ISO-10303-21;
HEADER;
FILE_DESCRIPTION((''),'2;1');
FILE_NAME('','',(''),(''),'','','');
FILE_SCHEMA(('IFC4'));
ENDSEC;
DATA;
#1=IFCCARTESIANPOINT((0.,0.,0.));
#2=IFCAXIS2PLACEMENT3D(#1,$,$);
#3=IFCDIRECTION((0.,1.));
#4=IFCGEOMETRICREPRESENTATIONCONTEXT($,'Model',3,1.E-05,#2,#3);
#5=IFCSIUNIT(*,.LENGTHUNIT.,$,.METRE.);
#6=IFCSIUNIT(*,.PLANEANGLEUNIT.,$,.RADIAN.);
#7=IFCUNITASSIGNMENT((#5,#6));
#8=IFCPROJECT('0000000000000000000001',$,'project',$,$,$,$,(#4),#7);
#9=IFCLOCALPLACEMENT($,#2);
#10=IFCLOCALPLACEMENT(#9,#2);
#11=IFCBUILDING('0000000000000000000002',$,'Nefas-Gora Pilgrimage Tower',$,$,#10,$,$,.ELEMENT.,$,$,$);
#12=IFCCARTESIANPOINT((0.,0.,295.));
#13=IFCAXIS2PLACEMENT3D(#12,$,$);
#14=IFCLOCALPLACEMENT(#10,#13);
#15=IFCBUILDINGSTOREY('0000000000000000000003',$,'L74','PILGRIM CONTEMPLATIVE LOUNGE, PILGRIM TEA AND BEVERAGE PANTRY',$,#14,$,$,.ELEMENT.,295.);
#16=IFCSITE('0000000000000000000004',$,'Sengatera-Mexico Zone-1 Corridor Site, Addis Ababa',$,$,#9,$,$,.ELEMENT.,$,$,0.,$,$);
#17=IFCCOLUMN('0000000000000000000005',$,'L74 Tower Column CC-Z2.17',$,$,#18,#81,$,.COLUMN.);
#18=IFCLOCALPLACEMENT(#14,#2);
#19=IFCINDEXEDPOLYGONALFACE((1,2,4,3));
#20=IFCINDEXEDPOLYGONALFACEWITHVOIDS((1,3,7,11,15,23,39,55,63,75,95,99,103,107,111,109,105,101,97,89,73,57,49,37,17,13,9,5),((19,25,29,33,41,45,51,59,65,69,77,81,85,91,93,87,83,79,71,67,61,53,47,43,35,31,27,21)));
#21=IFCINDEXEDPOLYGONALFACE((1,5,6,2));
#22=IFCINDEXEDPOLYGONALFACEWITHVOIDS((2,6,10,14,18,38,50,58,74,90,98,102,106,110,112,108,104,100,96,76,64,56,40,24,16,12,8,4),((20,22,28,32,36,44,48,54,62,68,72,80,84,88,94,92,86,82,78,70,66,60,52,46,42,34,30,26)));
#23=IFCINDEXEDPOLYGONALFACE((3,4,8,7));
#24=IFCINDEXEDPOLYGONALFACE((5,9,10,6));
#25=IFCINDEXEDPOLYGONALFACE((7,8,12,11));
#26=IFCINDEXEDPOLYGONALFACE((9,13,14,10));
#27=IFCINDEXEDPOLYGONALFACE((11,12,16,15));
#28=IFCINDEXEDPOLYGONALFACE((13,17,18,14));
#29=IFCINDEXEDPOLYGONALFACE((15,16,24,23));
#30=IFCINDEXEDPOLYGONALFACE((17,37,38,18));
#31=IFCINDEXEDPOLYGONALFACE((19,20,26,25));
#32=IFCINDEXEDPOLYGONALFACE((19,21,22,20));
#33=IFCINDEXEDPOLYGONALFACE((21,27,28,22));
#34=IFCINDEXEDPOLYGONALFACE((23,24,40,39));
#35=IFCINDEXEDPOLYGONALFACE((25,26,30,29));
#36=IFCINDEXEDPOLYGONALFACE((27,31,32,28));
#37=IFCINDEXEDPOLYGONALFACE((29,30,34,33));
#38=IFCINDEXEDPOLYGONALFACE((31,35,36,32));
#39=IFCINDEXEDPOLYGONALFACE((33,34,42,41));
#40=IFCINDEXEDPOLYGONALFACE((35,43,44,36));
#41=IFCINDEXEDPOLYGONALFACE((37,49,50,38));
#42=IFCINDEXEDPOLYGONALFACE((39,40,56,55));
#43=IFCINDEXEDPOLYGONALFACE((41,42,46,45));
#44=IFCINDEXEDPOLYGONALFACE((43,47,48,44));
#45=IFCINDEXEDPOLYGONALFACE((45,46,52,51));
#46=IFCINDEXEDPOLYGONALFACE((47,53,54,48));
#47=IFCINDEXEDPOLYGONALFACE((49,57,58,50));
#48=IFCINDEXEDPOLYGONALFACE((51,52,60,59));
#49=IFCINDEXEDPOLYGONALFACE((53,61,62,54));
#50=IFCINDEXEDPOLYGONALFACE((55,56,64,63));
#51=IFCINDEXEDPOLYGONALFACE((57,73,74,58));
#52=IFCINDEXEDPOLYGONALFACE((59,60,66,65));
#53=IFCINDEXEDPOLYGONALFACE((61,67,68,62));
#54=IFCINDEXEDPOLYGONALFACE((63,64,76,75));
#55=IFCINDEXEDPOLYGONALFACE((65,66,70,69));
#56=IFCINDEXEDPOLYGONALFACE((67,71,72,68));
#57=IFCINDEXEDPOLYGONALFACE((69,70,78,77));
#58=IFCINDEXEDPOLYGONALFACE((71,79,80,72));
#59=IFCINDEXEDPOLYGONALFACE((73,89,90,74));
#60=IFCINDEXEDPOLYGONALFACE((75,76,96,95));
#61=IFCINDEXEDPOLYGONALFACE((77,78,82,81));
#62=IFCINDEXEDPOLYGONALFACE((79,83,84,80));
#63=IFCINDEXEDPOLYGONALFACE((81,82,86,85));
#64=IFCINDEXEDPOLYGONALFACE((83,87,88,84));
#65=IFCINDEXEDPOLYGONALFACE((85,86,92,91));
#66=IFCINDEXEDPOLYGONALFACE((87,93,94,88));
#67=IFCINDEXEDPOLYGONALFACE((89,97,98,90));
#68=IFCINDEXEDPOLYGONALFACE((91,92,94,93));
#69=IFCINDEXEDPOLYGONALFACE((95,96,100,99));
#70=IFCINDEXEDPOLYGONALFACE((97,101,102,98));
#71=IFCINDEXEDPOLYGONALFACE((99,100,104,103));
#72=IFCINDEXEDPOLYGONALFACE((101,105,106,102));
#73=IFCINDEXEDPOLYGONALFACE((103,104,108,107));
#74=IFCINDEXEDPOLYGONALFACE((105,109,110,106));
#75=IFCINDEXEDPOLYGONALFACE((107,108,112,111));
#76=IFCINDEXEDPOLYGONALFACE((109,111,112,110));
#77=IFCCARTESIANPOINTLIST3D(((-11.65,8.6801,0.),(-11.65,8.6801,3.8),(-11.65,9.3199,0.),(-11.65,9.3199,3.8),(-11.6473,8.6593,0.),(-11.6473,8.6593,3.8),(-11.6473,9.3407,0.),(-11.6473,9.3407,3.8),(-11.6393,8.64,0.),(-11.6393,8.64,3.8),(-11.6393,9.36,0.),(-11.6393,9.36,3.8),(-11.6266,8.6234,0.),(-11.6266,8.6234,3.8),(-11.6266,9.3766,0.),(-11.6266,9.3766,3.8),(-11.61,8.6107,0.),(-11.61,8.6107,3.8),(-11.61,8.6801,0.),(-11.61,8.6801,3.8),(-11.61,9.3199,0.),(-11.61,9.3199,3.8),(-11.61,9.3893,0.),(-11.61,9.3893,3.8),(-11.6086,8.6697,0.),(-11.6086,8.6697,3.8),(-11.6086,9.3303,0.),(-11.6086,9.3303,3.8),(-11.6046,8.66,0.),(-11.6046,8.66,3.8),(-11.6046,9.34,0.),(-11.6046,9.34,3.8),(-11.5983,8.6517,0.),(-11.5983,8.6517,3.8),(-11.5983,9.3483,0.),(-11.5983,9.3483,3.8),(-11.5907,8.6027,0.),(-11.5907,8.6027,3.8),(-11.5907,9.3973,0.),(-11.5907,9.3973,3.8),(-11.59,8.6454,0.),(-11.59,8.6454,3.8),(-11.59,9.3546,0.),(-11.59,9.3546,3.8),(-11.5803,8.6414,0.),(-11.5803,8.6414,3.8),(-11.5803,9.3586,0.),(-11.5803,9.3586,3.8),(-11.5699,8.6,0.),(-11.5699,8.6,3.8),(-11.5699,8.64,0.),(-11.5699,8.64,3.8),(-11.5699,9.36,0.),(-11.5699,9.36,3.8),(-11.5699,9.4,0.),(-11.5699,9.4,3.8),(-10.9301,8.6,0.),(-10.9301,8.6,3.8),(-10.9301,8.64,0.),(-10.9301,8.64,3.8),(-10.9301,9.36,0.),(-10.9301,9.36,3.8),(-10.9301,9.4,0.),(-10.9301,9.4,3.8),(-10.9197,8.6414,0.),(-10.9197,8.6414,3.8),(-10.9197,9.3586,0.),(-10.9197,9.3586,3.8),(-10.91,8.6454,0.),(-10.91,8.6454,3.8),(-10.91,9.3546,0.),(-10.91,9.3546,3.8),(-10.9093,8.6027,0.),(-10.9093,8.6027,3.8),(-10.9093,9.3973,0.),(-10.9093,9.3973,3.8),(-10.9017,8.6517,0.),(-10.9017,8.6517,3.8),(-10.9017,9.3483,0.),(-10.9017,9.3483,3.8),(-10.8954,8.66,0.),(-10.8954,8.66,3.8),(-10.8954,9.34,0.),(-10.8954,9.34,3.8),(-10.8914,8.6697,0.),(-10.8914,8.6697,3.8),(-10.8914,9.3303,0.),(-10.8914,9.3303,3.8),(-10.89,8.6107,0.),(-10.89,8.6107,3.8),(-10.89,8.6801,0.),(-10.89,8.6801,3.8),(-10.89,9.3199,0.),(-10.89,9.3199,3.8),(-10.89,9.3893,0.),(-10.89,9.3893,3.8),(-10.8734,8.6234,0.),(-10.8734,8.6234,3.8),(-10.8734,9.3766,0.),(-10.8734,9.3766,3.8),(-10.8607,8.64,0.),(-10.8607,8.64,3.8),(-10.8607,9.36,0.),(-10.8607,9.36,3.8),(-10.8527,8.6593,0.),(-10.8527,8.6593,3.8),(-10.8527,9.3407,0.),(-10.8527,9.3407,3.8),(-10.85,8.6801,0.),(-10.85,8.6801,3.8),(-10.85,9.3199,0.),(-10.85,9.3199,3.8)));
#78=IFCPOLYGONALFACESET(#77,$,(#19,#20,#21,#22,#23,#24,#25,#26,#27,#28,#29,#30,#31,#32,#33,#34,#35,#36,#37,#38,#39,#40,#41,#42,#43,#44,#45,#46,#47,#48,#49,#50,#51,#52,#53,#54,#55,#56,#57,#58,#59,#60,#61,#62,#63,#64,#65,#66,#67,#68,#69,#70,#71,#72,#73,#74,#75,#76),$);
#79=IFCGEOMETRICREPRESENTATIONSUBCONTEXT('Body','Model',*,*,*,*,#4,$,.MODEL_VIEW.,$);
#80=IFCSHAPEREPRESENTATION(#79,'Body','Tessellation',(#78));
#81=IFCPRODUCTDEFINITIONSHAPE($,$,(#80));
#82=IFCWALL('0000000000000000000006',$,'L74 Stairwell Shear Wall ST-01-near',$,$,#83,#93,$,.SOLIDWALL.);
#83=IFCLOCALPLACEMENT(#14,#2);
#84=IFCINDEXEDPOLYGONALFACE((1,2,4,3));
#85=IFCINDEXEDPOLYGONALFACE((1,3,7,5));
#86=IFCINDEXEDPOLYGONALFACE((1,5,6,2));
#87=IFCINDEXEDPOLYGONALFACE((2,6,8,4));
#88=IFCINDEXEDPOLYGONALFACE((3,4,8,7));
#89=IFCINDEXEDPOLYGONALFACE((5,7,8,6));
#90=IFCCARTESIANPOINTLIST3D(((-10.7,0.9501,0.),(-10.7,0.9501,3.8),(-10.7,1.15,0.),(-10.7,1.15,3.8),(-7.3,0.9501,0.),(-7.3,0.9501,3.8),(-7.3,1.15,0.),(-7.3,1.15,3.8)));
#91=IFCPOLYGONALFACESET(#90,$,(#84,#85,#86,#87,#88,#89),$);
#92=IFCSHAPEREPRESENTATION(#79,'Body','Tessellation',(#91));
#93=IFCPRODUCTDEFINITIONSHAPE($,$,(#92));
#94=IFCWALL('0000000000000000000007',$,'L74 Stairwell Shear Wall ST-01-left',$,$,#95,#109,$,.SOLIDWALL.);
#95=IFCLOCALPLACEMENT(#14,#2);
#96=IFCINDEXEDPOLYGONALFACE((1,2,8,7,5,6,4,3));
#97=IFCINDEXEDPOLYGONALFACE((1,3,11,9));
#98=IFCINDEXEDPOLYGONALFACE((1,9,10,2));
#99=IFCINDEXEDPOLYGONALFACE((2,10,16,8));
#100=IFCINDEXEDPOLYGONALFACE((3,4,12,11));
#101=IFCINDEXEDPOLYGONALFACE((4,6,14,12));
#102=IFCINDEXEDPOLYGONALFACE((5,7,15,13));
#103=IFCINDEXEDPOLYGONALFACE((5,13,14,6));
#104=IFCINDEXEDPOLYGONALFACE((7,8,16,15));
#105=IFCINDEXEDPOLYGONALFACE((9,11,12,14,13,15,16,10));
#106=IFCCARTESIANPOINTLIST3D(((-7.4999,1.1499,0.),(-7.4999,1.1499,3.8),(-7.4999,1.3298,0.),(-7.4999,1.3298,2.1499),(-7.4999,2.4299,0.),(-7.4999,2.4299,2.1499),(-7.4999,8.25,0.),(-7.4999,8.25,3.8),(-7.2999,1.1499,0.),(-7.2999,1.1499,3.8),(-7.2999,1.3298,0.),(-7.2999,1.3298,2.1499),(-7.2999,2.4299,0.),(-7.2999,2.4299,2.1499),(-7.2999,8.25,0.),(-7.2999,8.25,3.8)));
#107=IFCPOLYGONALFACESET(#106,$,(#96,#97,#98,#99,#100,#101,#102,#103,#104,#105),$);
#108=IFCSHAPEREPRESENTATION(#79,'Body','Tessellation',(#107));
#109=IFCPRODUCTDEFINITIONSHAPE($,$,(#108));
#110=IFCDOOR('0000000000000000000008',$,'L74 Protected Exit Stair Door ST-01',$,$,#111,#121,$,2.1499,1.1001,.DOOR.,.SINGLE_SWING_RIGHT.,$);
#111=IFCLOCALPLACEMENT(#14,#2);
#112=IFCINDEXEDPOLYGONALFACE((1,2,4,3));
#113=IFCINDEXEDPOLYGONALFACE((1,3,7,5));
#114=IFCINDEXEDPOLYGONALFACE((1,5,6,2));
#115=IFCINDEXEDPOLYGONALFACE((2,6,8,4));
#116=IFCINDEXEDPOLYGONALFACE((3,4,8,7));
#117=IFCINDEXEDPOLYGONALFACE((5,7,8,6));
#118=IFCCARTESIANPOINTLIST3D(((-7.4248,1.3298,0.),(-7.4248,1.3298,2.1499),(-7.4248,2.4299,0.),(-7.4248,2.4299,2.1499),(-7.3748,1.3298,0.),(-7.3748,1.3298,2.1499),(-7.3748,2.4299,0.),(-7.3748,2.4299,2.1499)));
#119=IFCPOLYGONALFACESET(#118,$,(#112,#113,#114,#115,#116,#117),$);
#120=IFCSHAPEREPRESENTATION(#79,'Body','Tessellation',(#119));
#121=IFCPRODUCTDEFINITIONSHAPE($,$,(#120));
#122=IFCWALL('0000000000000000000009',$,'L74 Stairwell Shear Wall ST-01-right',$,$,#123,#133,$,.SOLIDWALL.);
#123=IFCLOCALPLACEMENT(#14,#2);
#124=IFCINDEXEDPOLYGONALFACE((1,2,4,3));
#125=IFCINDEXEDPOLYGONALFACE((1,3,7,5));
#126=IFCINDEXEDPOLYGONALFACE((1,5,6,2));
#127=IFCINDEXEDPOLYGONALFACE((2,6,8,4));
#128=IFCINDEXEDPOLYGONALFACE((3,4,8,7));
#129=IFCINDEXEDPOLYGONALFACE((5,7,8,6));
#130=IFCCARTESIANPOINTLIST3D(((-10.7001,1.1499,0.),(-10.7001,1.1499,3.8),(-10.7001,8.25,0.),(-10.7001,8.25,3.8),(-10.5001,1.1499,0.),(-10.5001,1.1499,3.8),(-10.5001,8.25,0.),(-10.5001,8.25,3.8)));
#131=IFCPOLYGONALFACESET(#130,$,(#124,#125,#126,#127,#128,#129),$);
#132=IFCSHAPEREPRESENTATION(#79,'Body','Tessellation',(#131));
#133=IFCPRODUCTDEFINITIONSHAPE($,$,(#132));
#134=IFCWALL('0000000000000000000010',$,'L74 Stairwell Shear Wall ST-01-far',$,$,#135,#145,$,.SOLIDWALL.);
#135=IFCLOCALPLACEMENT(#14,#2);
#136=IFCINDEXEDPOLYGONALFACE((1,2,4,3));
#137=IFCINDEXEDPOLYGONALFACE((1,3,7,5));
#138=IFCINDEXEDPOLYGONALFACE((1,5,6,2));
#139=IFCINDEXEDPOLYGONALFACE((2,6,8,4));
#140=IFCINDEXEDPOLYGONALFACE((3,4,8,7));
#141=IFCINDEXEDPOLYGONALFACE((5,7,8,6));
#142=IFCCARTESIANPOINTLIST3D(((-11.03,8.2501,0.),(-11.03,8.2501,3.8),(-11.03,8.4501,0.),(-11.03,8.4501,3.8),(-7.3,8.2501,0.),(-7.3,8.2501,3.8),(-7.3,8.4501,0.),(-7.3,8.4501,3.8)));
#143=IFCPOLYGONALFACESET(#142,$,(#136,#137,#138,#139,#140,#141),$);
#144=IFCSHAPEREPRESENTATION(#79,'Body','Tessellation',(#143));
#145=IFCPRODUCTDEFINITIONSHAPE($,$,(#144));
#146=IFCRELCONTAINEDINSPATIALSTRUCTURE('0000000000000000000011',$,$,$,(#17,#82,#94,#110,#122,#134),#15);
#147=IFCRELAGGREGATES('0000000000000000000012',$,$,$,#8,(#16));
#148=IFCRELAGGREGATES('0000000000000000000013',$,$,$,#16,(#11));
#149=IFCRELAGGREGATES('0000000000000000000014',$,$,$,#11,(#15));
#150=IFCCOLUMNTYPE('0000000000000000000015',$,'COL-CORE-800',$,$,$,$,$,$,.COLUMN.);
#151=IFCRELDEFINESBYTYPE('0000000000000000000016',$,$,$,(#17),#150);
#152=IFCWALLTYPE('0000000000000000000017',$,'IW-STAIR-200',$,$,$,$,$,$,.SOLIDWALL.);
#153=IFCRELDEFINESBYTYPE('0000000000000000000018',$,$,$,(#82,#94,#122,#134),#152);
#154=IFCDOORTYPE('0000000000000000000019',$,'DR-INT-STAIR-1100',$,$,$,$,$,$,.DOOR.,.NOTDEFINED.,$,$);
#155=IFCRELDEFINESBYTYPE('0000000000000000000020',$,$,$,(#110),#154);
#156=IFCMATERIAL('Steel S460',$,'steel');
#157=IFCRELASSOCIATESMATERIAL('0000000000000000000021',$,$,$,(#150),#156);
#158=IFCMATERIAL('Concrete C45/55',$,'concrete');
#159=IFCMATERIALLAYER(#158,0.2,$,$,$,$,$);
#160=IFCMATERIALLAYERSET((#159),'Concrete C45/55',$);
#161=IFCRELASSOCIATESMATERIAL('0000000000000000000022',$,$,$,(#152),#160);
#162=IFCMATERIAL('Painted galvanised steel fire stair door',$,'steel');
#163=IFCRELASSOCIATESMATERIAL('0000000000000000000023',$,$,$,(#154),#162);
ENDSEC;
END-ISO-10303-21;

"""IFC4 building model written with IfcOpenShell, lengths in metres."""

from ifc_helpers import new_model, si_unit, direction, frame, frame_2d, origin, origin_2d, place, context, subcontext, project, spatial, rectangle, hollow_rectangle, extrude, source, transform, mapped, material, layer, layer_set, material_profile, profile_set, type_object, element, fill, save


model = new_model("IFC4")

# Units and contexts
model_context = context("Model", 3, precision=1e-05, world=origin(), true_north=direction((0.0, 1.0)))
body_context = subcontext(model_context, "Body", "Model", "MODEL_VIEW")
ifc_project = project(units=[si_unit("LENGTHUNIT", "METRE"), si_unit("PLANEANGLEUNIT", "RADIAN")], contexts=[model_context])

# Site, building, storey
site_placement = place(None, origin())
site = spatial("IfcSite", under=ifc_project, at=site_placement, Name="Sengatera-Mexico Zone-1 Corridor Site, Addis Ababa", CompositionType="ELEMENT", RefElevation=0.0)
building_placement = place(site_placement, origin())
building = spatial("IfcBuilding", under=site, at=building_placement, Name="Nefas-Gora Pilgrimage Tower", CompositionType="ELEMENT")
storey_placement = place(building_placement, frame((0.0, 0.0, 295.0)))
storey = spatial("IfcBuildingStorey", under=building, at=storey_placement, Name="L74", Description="PILGRIM CONTEMPLATIVE LOUNGE, PILGRIM TEA AND BEVERAGE PANTRY", CompositionType="ELEMENT", Elevation=295.0)

# Column
ifc_material_1 = material(Name="Steel S460", Category="steel")
ifc_material_profile = material_profile(ifc_material_1, hollow_rectangle(XDim=0.8, YDim=0.8, WallThickness=0.04, InnerFilletRadius=0.04, OuterFilletRadius=0.0801, at=origin_2d()), Name="BOX 800x800x40")
ifc_profile_set = profile_set([ifc_material_profile], Name="Steel S460")
column_type = type_object("IfcColumnType", Name="COL-CORE-800", PredefinedType="COLUMN", material=ifc_profile_set)
shared_shape_1 = source(origin(), body_context, "Body", "SweptSolid", [
    extrude(hollow_rectangle(XDim=0.8, YDim=0.8, WallThickness=0.04, InnerFilletRadius=0.04, OuterFilletRadius=0.0801, at=origin_2d()), origin(), (0.0, 0.0, 1.0), 3.8),
])
column_placement = place(storey_placement, frame((-11.25, 9.0, 0.0), z_axis=(0.0, 0.0, 1.0), x_axis=(1.0, 0.0, 0.0)))
element("IfcColumn", 1, at=column_placement, inside=storey, type_object=column_type, Name="L74 Tower Column CC-Z2.17", PredefinedType="COLUMN", context=body_context, shape_type="MappedRepresentation", body=[
    mapped(shared_shape_1, transform((0.0, 0.0, 0.0), x_axis=(1.0, 0.0, 0.0), y_axis=(0.0, 1.0, 0.0), z_axis=(0.0, 0.0, 1.0), scale=1.0)),
])

# Wall
ifc_material_2 = material(Name="Concrete C45/55", Category="concrete")
ifc_layer_1 = layer(ifc_material_2, 0.2)
ifc_layer_set_1 = layer_set([ifc_layer_1], Name="Concrete C45/55")
wall_type_1 = type_object("IfcWallType", Name="IW-STAIR-200", PredefinedType="SOLIDWALL", material=ifc_layer_set_1)
shared_shape_2 = source(origin(), body_context, "Body", "SweptSolid", [
    extrude(rectangle(XDim=3.3999, YDim=0.2, at=frame_2d((1.7, 0.0))), origin(), (0.0, 0.0, 1.0), 3.8),
])
wall_1_placement = place(storey_placement, frame((-7.3, 1.05, 0.0), z_axis=(0.0, 0.0, 1.0), x_axis=(-1.0, 0.0, 0.0)))
element("IfcWall", 2, at=wall_1_placement, inside=storey, type_object=wall_type_1, Name="L74 Stairwell Shear Wall ST-01-near", PredefinedType="SOLIDWALL", context=body_context, shape_type="MappedRepresentation", body=[
    mapped(shared_shape_2, transform((0.0, 0.0, 0.0), x_axis=(1.0, 0.0, 0.0), y_axis=(0.0, 1.0, 0.0), z_axis=(0.0, 0.0, 1.0), scale=1.0)),
])

# Wall, opening, door
shared_shape_3 = source(origin(), body_context, "Body", "SweptSolid", [
    extrude(rectangle(XDim=7.1001, YDim=0.2, at=frame_2d((3.55, 0.0))), origin(), (0.0, 0.0, 1.0), 3.8),
])
wall_2_placement = place(storey_placement, frame((-7.3999, 1.1499, 0.0), z_axis=(0.0, 0.0, 1.0), x_axis=(0.0, 1.0, 0.0)))
wall_2 = element("IfcWall", 3, at=wall_2_placement, inside=storey, type_object=wall_type_1, Name="L74 Stairwell Shear Wall ST-01-left", PredefinedType="SOLIDWALL", context=body_context, shape_type="MappedRepresentation", body=[
    mapped(shared_shape_3, transform((0.0, 0.0, 0.0), x_axis=(1.0, 0.0, 0.0), y_axis=(0.0, 1.0, 0.0), z_axis=(0.0, 0.0, 1.0), scale=1.0)),
])
opening_1_placement = place(wall_2_placement, frame((0.1799, 0.0, 0.0)))
opening_1 = element("IfcOpeningElement", 4, at=opening_1_placement, cuts=wall_2, PredefinedType="OPENING", context=body_context, shape_type="SweptSolid", body=[
    extrude(rectangle(XDim=1.1001, YDim=2.1499, at=frame_2d((0.55, 1.075))), frame((0.0, 0.1099, 0.0), z_axis=(0.0, -1.0, 0.0), x_axis=(1.0, 0.0, 0.0)), (0.0, 0.0, 1.0), 0.22),
])
ifc_material_3 = material(Name="Painted galvanised steel fire stair door", Category="steel")
door_type_1 = type_object("IfcDoorType", Name="DR-INT-STAIR-1100", OperationType="NOTDEFINED", PredefinedType="DOOR", material=ifc_material_3)
shared_shape_4 = source(origin(), body_context, "Body", "SweptSolid", [
    extrude(rectangle(XDim=1.1001, YDim=2.1499, at=frame_2d((0.55, 1.075))), frame((0.0, 0.0249, 0.0), z_axis=(0.0, -1.0, 0.0), x_axis=(1.0, 0.0, 0.0)), (0.0, 0.0, 1.0), 0.05),
])
door_1_placement = place(opening_1_placement, origin())
door_1 = element("IfcDoor", 5, at=door_1_placement, inside=storey, type_object=door_type_1, Name="L74 Protected Exit Stair Door ST-01", OperationType="SINGLE_SWING_RIGHT", OverallHeight=2.1499, OverallWidth=1.1001, PredefinedType="DOOR", context=body_context, shape_type="MappedRepresentation", body=[
    mapped(shared_shape_4, transform((0.0, 0.0, 0.0), x_axis=(1.0, 0.0, 0.0), y_axis=(0.0, 1.0, 0.0), z_axis=(0.0, 0.0, 1.0), scale=1.0)),
])
fill(opening_1, door_1)

# Walls
wall_3_placement = place(storey_placement, frame((-10.6001, 1.1499, 0.0), z_axis=(0.0, 0.0, 1.0), x_axis=(0.0, 1.0, 0.0)))
element("IfcWall", 6, at=wall_3_placement, inside=storey, type_object=wall_type_1, Name="L74 Stairwell Shear Wall ST-01-right", PredefinedType="SOLIDWALL", context=body_context, shape_type="MappedRepresentation", body=[
    mapped(shared_shape_3, transform((0.0, 0.0, 0.0), x_axis=(1.0, 0.0, 0.0), y_axis=(0.0, 1.0, 0.0), z_axis=(0.0, 0.0, 1.0), scale=1.0)),
])
shared_shape_5 = source(origin(), body_context, "Body", "SweptSolid", [
    extrude(rectangle(XDim=3.73, YDim=0.2, at=frame_2d((1.865, 0.0))), origin(), (0.0, 0.0, 1.0), 3.8),
])
wall_4_placement = place(storey_placement, frame((-7.3, 8.3501, 0.0), z_axis=(0.0, 0.0, 1.0), x_axis=(-1.0, 0.0, 0.0)))
element("IfcWall", 7, at=wall_4_placement, inside=storey, type_object=wall_type_1, Name="L74 Stairwell Shear Wall ST-01-far", PredefinedType="SOLIDWALL", context=body_context, shape_type="MappedRepresentation", body=[
    mapped(shared_shape_5, transform((0.0, 0.0, 0.0), x_axis=(1.0, 0.0, 0.0), y_axis=(0.0, 1.0, 0.0), z_axis=(0.0, 0.0, 1.0), scale=1.0)),
])

save(model, "model.ifc")
